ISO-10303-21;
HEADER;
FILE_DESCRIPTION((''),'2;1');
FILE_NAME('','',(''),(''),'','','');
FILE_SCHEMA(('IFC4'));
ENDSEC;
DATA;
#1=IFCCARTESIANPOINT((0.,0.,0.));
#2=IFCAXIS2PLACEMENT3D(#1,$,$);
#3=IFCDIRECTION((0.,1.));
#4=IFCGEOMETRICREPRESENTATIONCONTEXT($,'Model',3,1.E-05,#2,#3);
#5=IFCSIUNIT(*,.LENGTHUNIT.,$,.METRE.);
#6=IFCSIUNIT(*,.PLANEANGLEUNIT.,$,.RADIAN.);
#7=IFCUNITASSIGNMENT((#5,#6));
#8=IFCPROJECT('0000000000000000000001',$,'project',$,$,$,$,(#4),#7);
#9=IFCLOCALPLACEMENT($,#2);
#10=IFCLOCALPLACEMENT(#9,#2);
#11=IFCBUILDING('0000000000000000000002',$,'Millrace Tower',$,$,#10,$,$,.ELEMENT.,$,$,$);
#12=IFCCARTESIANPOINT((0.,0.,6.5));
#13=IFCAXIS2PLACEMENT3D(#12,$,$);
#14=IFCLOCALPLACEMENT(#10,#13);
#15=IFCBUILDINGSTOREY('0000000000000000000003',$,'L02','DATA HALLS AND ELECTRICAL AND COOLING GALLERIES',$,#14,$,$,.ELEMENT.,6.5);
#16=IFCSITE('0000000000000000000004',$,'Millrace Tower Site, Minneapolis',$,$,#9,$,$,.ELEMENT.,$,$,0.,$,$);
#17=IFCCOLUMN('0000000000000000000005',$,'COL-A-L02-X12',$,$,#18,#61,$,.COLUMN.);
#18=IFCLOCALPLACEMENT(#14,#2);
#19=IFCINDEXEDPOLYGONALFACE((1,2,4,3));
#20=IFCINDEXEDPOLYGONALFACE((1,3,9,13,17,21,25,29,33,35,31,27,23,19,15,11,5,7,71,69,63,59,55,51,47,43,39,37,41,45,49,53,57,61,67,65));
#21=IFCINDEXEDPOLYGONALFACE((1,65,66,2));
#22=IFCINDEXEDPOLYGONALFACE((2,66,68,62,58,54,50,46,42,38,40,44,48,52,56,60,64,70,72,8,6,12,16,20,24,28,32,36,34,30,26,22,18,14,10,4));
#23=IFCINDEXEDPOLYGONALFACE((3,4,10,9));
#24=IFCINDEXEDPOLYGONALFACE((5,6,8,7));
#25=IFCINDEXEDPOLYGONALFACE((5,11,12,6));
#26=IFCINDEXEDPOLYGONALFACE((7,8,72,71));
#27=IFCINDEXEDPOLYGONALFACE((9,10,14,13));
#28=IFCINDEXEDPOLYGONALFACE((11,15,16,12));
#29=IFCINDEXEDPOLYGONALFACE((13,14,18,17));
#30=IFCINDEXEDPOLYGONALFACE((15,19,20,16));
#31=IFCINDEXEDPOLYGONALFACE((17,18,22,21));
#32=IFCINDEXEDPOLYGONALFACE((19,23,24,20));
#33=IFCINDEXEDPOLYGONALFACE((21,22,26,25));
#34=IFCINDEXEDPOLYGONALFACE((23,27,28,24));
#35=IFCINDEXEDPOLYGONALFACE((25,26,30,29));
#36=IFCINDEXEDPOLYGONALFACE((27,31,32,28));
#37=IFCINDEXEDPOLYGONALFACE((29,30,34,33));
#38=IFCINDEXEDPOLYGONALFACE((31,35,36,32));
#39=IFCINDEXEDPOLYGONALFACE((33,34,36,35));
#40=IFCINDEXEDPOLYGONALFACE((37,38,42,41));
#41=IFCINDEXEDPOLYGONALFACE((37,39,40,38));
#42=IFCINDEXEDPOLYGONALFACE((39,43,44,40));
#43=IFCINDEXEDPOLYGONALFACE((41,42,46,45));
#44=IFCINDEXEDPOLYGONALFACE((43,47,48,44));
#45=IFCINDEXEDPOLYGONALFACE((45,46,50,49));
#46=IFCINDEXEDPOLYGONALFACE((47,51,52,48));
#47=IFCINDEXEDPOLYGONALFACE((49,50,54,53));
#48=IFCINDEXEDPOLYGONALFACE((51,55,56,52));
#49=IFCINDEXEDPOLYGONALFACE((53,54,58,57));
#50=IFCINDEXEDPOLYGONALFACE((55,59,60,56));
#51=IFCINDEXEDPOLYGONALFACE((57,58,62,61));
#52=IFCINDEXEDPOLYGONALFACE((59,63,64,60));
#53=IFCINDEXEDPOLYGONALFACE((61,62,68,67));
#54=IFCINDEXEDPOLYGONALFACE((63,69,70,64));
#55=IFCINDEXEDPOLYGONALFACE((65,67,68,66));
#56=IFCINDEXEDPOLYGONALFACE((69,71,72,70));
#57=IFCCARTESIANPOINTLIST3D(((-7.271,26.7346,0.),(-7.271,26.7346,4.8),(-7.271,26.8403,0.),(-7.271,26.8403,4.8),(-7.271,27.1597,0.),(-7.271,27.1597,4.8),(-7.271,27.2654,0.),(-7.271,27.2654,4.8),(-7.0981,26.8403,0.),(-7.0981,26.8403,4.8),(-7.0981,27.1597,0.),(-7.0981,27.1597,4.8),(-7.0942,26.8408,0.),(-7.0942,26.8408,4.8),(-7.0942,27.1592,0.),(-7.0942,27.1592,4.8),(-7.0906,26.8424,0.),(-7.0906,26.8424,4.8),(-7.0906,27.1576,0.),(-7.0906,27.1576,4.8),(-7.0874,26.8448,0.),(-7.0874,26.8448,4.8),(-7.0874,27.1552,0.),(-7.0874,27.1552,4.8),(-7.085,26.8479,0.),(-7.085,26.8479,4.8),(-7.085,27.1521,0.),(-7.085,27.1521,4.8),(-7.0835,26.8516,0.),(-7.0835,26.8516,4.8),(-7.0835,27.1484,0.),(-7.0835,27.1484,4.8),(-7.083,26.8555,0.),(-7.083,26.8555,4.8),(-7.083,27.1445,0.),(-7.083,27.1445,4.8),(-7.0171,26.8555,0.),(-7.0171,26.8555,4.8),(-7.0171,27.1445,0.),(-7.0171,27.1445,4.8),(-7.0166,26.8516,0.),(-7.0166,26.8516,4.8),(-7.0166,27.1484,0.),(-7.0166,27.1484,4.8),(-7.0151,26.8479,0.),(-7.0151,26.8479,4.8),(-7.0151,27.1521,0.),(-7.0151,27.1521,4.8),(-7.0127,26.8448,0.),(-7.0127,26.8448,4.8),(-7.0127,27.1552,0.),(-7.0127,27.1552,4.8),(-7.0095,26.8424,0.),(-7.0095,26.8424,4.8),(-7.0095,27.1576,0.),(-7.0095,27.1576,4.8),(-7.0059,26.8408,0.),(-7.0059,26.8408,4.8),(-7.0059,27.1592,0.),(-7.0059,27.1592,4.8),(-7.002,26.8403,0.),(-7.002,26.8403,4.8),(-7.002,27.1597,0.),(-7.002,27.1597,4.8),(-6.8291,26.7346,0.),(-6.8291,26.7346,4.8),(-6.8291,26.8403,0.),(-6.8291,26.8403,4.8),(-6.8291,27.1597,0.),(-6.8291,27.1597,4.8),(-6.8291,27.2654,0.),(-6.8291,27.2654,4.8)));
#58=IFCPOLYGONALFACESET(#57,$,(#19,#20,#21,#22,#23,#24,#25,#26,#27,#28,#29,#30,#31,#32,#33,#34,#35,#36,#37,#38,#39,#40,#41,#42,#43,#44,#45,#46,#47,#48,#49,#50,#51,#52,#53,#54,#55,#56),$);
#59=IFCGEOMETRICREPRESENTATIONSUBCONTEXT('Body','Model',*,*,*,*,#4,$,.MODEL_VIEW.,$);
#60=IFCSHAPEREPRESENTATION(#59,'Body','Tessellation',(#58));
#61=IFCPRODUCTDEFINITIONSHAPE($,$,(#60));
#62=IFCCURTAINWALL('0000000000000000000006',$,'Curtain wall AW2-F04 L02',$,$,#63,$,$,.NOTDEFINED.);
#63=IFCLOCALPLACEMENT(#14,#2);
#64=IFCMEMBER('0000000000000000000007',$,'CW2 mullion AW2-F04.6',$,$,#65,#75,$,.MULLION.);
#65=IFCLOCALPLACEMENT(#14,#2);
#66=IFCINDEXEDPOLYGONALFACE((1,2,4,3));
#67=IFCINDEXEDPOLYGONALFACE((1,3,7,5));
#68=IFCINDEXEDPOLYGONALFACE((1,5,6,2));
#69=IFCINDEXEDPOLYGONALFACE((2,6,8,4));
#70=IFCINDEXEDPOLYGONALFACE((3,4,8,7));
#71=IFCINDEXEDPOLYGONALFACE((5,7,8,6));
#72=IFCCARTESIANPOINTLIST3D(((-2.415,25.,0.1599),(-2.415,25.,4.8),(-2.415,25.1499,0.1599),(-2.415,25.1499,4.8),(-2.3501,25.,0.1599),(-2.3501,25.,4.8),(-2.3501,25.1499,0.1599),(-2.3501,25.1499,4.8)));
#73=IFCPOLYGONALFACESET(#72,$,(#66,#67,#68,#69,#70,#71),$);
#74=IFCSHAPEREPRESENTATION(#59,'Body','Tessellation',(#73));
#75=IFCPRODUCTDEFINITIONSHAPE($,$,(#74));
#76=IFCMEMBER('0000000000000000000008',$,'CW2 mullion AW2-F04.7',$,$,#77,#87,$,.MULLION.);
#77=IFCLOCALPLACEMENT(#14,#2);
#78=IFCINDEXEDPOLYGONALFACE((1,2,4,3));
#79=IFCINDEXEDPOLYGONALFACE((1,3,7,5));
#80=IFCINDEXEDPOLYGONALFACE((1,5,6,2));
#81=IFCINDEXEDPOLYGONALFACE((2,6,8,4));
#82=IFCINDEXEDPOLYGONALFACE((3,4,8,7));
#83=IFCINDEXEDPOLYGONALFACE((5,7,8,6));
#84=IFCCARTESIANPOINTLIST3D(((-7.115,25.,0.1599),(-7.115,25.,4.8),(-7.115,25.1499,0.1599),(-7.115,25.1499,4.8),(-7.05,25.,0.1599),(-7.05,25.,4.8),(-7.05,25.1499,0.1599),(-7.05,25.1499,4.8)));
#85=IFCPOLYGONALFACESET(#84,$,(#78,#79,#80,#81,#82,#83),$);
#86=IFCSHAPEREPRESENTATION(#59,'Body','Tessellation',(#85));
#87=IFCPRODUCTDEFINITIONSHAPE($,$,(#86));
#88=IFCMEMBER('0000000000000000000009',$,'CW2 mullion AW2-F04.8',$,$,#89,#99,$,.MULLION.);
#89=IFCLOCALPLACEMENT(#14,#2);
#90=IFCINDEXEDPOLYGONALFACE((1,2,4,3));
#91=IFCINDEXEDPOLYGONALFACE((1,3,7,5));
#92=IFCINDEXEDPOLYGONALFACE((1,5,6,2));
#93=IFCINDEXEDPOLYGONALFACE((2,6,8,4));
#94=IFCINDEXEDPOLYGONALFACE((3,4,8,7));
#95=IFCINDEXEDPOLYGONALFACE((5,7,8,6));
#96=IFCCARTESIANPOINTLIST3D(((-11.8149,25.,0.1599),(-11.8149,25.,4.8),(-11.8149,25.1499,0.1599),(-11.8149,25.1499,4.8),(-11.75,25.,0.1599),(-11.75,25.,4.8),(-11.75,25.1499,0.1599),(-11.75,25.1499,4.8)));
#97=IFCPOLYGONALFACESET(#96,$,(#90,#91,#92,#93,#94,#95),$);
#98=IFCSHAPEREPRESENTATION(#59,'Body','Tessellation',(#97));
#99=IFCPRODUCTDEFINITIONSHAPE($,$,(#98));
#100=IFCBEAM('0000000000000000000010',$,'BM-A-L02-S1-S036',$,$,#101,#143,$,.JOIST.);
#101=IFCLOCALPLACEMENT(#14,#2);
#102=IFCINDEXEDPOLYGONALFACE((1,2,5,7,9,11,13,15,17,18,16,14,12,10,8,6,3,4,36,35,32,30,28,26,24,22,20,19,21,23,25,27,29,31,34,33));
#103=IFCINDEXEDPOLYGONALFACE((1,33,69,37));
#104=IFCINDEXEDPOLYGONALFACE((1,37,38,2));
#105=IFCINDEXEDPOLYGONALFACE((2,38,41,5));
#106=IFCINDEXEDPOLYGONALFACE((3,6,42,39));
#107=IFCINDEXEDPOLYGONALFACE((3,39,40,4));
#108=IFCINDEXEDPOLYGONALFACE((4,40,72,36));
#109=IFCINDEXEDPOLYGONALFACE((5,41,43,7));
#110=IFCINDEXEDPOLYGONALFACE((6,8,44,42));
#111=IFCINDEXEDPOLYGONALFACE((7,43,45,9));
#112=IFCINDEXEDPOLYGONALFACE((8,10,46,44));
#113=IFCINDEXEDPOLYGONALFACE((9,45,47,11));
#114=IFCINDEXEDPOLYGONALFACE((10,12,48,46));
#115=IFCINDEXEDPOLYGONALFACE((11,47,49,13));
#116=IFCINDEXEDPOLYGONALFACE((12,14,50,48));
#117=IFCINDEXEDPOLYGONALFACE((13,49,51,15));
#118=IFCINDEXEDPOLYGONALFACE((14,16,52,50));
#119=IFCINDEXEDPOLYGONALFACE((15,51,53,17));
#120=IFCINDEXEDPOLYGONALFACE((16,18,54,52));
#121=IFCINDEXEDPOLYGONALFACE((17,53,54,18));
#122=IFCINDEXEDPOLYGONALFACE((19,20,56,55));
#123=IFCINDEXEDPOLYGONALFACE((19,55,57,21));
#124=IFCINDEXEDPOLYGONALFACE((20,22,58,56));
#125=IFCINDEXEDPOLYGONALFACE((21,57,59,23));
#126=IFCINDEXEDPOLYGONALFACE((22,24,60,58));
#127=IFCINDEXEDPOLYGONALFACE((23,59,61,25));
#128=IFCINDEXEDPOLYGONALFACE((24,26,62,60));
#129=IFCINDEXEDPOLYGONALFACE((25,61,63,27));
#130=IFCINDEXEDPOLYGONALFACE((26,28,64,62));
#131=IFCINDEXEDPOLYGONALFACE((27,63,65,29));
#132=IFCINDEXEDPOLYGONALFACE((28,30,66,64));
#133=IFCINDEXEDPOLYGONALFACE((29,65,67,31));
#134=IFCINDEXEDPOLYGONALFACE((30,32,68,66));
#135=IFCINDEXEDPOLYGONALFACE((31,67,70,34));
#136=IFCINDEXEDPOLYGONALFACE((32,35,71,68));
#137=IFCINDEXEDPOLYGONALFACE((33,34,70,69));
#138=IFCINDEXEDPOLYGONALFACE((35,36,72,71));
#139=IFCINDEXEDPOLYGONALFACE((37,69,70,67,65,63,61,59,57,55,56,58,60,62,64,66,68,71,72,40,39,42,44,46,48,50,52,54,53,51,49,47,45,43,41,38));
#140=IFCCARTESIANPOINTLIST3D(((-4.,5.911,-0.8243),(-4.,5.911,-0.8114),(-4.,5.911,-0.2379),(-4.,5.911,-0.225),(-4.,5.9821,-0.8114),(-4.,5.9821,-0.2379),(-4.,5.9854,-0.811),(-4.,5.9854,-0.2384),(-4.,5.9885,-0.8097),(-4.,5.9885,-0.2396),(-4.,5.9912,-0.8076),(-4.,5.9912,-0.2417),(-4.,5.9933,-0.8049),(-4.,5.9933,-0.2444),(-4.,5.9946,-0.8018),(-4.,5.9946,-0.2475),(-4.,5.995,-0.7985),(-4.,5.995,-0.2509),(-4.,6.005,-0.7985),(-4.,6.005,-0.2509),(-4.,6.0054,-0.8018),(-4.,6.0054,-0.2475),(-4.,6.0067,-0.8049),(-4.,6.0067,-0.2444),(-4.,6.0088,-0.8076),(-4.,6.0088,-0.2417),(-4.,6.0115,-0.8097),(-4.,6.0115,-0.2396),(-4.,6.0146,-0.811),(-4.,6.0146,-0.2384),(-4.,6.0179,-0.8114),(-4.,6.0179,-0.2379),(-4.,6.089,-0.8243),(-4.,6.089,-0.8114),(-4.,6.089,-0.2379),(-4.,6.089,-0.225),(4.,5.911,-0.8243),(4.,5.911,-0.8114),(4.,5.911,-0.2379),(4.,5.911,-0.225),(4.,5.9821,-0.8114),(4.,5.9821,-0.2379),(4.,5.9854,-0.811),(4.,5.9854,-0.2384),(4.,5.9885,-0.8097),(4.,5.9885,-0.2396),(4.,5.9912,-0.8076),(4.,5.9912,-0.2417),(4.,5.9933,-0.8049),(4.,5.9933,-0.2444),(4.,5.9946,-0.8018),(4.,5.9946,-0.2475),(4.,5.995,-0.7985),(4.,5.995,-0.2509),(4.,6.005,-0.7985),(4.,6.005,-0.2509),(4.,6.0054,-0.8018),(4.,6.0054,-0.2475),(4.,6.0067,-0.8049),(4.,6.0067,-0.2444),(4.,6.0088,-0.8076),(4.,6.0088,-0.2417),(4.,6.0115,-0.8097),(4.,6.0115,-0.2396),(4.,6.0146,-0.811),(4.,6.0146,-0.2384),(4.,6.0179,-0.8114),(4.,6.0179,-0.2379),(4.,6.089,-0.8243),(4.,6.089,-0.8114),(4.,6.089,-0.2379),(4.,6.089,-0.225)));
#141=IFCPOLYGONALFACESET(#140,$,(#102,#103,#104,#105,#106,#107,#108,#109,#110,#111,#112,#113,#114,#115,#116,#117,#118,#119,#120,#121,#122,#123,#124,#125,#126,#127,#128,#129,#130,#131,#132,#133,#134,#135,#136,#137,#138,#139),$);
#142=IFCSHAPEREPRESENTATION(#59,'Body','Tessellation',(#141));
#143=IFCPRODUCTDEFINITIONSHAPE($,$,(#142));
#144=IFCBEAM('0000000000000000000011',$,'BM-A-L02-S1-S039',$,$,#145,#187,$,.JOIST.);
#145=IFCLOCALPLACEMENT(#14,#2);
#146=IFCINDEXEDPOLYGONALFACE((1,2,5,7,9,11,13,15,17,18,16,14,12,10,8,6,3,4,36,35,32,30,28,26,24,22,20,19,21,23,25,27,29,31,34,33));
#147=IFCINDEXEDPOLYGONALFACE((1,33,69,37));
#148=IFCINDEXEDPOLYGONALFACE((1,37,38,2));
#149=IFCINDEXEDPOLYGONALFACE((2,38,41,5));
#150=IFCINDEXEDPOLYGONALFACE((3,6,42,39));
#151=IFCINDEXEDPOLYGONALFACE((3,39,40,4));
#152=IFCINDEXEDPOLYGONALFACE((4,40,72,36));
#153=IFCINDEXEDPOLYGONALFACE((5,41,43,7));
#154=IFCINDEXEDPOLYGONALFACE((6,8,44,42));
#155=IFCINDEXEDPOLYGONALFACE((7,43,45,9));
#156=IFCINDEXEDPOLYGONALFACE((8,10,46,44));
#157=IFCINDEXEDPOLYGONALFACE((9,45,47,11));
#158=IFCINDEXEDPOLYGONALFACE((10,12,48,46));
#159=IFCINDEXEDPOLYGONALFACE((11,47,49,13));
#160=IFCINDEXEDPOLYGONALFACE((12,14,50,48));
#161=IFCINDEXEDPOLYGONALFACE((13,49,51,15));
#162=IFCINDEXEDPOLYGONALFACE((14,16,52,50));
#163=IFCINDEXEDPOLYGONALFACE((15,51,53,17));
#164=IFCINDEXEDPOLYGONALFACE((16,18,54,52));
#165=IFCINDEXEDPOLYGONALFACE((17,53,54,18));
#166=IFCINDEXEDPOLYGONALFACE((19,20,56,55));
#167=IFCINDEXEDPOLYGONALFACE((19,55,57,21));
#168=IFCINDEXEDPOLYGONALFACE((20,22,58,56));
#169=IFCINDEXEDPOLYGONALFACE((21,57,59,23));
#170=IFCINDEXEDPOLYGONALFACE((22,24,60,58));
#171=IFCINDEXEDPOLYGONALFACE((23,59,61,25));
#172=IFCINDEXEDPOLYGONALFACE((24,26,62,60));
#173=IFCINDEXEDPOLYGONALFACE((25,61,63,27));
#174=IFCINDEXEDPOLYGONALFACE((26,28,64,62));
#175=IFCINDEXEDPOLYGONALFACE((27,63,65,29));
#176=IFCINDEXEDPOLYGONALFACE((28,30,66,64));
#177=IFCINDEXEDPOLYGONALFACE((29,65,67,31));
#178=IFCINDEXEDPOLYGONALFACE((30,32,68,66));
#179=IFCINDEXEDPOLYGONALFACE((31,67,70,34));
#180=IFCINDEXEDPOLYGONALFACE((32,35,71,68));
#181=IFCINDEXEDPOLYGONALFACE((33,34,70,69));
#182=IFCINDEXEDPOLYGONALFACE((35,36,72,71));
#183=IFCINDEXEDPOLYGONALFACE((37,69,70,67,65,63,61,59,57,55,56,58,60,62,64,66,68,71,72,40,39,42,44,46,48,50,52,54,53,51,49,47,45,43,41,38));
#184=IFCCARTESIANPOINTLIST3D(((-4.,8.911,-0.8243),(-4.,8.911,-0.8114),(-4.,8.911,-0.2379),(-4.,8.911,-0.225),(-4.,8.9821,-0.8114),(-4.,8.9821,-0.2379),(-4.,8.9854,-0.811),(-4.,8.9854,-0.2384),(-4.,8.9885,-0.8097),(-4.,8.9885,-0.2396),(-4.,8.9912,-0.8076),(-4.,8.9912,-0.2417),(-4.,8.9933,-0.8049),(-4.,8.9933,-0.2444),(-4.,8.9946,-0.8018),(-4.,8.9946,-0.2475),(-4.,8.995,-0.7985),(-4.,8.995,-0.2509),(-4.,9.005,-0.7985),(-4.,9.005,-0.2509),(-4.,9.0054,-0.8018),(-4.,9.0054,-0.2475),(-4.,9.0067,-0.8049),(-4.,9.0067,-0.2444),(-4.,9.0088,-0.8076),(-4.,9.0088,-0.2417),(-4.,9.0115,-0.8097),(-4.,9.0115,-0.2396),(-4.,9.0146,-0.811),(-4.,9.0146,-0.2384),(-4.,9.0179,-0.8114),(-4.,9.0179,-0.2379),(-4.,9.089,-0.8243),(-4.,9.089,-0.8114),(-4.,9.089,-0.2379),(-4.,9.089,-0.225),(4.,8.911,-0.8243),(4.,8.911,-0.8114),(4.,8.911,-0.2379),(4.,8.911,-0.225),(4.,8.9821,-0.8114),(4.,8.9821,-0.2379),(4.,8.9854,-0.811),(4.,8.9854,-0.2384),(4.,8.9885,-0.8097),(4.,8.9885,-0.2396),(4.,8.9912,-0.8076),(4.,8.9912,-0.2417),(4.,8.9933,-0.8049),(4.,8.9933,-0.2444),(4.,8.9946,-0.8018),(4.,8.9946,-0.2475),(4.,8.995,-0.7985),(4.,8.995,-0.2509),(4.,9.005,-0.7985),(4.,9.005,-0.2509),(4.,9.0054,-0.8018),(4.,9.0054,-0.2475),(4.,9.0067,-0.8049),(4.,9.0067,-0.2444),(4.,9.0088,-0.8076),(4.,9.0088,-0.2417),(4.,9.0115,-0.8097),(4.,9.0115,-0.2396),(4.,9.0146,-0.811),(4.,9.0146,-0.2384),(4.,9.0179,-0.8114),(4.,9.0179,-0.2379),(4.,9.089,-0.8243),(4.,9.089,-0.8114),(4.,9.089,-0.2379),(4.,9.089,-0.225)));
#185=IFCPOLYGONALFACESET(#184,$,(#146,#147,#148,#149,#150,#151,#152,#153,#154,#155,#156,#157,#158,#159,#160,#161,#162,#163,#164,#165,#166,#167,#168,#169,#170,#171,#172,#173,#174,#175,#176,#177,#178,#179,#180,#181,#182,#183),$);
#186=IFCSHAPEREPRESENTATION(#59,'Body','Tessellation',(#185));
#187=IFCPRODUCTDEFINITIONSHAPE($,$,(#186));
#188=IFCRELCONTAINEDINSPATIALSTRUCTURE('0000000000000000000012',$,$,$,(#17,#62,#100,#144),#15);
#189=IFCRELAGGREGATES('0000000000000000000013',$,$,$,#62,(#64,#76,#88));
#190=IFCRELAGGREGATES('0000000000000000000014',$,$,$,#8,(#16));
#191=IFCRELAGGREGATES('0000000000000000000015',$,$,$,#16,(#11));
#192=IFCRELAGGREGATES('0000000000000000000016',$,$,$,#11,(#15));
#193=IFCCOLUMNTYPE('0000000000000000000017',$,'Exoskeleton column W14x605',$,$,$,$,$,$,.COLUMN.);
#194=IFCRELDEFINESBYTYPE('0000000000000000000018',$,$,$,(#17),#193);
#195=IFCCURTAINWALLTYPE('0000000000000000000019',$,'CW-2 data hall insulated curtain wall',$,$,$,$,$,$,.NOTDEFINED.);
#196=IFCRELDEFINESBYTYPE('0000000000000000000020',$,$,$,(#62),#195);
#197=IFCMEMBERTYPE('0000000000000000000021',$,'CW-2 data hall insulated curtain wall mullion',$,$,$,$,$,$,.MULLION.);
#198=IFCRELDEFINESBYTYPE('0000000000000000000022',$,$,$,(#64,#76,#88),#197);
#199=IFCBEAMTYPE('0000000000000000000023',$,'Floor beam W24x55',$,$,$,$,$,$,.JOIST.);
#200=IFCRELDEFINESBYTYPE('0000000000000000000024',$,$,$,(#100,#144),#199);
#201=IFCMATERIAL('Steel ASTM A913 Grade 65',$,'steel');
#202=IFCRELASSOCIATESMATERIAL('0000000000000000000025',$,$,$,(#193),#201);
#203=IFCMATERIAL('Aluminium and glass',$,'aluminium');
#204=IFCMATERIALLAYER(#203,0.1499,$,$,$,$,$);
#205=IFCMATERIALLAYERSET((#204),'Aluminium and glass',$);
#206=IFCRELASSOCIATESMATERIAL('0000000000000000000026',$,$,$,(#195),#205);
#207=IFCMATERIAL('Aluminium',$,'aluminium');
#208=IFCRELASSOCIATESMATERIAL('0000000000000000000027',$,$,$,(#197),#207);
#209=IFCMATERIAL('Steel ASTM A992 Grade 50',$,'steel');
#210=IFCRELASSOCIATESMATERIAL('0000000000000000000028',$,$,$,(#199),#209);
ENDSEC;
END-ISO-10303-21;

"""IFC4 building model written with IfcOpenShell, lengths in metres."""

from ifc_helpers import new_model, si_unit, direction, frame, origin, origin_2d, place, context, subcontext, project, spatial, rectangle, i_section, extrude, material, layer, layer_set, material_profile, profile_set, type_object, element, aggregate, save


model = new_model("IFC4")

# Units and contexts
model_context = context("Model", 3, precision=1e-05, world=origin(), true_north=direction((0.0, 1.0)))
body_context = subcontext(model_context, "Body", "Model", "MODEL_VIEW")
ifc_project = project(units=[si_unit("LENGTHUNIT", "METRE"), si_unit("PLANEANGLEUNIT", "RADIAN")], contexts=[model_context])

# Site, building, storey
site_placement = place(None, origin())
site = spatial("IfcSite", under=ifc_project, at=site_placement, Name="Millrace Tower Site, Minneapolis", CompositionType="ELEMENT", RefElevation=0.0)
building_placement = place(site_placement, origin())
building = spatial("IfcBuilding", under=site, at=building_placement, Name="Millrace Tower", CompositionType="ELEMENT")
storey_placement = place(building_placement, frame((0.0, 0.0, 6.5)))
storey = spatial("IfcBuildingStorey", under=building, at=storey_placement, Name="L02", Description="DATA HALLS AND ELECTRICAL AND COOLING GALLERIES", CompositionType="ELEMENT", Elevation=6.5)

# Column
ifc_material_1 = material(Name="Steel ASTM A913 Grade 65", Category="steel")
ifc_material_profile_1 = material_profile(ifc_material_1, i_section(OverallWidth=0.4419, OverallDepth=0.5308, WebThickness=0.0659, FlangeThickness=0.1057, FilletRadius=0.0151, at=origin_2d()))
ifc_profile_set_1 = profile_set([ifc_material_profile_1], Name="Steel ASTM A913 Grade 65")
column_type = type_object("IfcColumnType", Name="Exoskeleton column W14x605", PredefinedType="COLUMN", material=ifc_profile_set_1)
column_placement = place(storey_placement, frame((-7.05, 27.0, 0.0), z_axis=(0.0, 0.0, 1.0), x_axis=(-1.0, 0.0, 0.0)))
element("IfcColumn", 1, at=column_placement, inside=storey, type_object=column_type, Name="COL-A-L02-X12", PredefinedType="COLUMN", context=body_context, shape_type="SweptSolid", body=[
    extrude(i_section(OverallWidth=0.4419, OverallDepth=0.5308, WebThickness=0.0659, FlangeThickness=0.1057, FilletRadius=0.0151, at=origin_2d()), origin(), (0.0, 0.0, 1.0), 4.8),
])

# Curtain wall, members
ifc_material_2 = material(Name="Aluminium and glass", Category="aluminium")
ifc_layer_1 = layer(ifc_material_2, 0.1499)
ifc_layer_set_1 = layer_set([ifc_layer_1], Name="Aluminium and glass")
curtain_wall_type = type_object("IfcCurtainWallType", Name="CW-2 data hall insulated curtain wall", PredefinedType="NOTDEFINED", material=ifc_layer_set_1)
placement = place(storey_placement, origin())
curtain_wall = element("IfcCurtainWall", 2, at=placement, inside=storey, type_object=curtain_wall_type, Name="Curtain wall AW2-F04 L02", PredefinedType="NOTDEFINED")
ifc_material_3 = material(Name="Aluminium", Category="aluminium")
ifc_material_profile_2 = material_profile(ifc_material_3, rectangle(XDim=0.0649, YDim=0.1499, at=origin_2d()))
ifc_profile_set_2 = profile_set([ifc_material_profile_2], Name="Aluminium")
member_type = type_object("IfcMemberType", Name="CW-2 data hall insulated curtain wall mullion", PredefinedType="MULLION", material=ifc_profile_set_2)
member_1_placement = place(storey_placement, frame((-2.3826, 25.075, 0.1599), z_axis=(0.0, 0.0, 1.0), x_axis=(-1.0, 0.0, 0.0)))
member_1 = element("IfcMember", 3, at=member_1_placement, type_object=member_type, Name="CW2 mullion AW2-F04.6", PredefinedType="MULLION", context=body_context, shape_type="SweptSolid", body=[
    extrude(rectangle(XDim=0.0649, YDim=0.1499, at=origin_2d()), origin(), (0.0, 0.0, 1.0), 4.6401),
])
member_2_placement = place(storey_placement, frame((-7.0825, 25.075, 0.1599), z_axis=(0.0, 0.0, 1.0), x_axis=(-1.0, 0.0, 0.0)))
member_2 = element("IfcMember", 4, at=member_2_placement, type_object=member_type, Name="CW2 mullion AW2-F04.7", PredefinedType="MULLION", context=body_context, shape_type="SweptSolid", body=[
    extrude(rectangle(XDim=0.0649, YDim=0.1499, at=origin_2d()), origin(), (0.0, 0.0, 1.0), 4.6401),
])
member_3_placement = place(storey_placement, frame((-11.7825, 25.075, 0.1599), z_axis=(0.0, 0.0, 1.0), x_axis=(-1.0, 0.0, 0.0)))
member_3 = element("IfcMember", 5, at=member_3_placement, type_object=member_type, Name="CW2 mullion AW2-F04.8", PredefinedType="MULLION", context=body_context, shape_type="SweptSolid", body=[
    extrude(rectangle(XDim=0.0649, YDim=0.1499, at=origin_2d()), origin(), (0.0, 0.0, 1.0), 4.6401),
])
aggregate(curtain_wall, [member_1, member_2, member_3])

# Beams
ifc_material_4 = material(Name="Steel ASTM A992 Grade 50", Category="steel")
ifc_material_profile_3 = material_profile(ifc_material_4, i_section(OverallWidth=0.178, OverallDepth=0.5994, WebThickness=0.01, FlangeThickness=0.0129, FilletRadius=0.0129, at=origin_2d()))
ifc_profile_set_3 = profile_set([ifc_material_profile_3], Name="Steel ASTM A992 Grade 50")
beam_type_1 = type_object("IfcBeamType", Name="Floor beam W24x55", PredefinedType="JOIST", material=ifc_profile_set_3)
for number, where, z_axis, x_axis, name in (
    (6, (-4.0, 6.0, -0.5247), (1.0, 0.0, 0.0), (0.0, 1.0, 0.0), "BM-A-L02-S1-S036"),
    (7, (-4.0, 9.0, -0.5247), (1.0, 0.0, 0.0), (0.0, 1.0, 0.0), "BM-A-L02-S1-S039"),
):
    element("IfcBeam", number, at=place(storey_placement, frame(where, z_axis=z_axis, x_axis=x_axis)), inside=storey, type_object=beam_type_1, Name=name, PredefinedType="JOIST", context=body_context, shape_type="SweptSolid", body=[
        extrude(i_section(OverallWidth=0.178, OverallDepth=0.5994, WebThickness=0.01, FlangeThickness=0.0129, FilletRadius=0.0129, at=origin_2d()), origin(), (0.0, 0.0, 1.0), 8.0),
    ])

save(model, "model.ifc")
